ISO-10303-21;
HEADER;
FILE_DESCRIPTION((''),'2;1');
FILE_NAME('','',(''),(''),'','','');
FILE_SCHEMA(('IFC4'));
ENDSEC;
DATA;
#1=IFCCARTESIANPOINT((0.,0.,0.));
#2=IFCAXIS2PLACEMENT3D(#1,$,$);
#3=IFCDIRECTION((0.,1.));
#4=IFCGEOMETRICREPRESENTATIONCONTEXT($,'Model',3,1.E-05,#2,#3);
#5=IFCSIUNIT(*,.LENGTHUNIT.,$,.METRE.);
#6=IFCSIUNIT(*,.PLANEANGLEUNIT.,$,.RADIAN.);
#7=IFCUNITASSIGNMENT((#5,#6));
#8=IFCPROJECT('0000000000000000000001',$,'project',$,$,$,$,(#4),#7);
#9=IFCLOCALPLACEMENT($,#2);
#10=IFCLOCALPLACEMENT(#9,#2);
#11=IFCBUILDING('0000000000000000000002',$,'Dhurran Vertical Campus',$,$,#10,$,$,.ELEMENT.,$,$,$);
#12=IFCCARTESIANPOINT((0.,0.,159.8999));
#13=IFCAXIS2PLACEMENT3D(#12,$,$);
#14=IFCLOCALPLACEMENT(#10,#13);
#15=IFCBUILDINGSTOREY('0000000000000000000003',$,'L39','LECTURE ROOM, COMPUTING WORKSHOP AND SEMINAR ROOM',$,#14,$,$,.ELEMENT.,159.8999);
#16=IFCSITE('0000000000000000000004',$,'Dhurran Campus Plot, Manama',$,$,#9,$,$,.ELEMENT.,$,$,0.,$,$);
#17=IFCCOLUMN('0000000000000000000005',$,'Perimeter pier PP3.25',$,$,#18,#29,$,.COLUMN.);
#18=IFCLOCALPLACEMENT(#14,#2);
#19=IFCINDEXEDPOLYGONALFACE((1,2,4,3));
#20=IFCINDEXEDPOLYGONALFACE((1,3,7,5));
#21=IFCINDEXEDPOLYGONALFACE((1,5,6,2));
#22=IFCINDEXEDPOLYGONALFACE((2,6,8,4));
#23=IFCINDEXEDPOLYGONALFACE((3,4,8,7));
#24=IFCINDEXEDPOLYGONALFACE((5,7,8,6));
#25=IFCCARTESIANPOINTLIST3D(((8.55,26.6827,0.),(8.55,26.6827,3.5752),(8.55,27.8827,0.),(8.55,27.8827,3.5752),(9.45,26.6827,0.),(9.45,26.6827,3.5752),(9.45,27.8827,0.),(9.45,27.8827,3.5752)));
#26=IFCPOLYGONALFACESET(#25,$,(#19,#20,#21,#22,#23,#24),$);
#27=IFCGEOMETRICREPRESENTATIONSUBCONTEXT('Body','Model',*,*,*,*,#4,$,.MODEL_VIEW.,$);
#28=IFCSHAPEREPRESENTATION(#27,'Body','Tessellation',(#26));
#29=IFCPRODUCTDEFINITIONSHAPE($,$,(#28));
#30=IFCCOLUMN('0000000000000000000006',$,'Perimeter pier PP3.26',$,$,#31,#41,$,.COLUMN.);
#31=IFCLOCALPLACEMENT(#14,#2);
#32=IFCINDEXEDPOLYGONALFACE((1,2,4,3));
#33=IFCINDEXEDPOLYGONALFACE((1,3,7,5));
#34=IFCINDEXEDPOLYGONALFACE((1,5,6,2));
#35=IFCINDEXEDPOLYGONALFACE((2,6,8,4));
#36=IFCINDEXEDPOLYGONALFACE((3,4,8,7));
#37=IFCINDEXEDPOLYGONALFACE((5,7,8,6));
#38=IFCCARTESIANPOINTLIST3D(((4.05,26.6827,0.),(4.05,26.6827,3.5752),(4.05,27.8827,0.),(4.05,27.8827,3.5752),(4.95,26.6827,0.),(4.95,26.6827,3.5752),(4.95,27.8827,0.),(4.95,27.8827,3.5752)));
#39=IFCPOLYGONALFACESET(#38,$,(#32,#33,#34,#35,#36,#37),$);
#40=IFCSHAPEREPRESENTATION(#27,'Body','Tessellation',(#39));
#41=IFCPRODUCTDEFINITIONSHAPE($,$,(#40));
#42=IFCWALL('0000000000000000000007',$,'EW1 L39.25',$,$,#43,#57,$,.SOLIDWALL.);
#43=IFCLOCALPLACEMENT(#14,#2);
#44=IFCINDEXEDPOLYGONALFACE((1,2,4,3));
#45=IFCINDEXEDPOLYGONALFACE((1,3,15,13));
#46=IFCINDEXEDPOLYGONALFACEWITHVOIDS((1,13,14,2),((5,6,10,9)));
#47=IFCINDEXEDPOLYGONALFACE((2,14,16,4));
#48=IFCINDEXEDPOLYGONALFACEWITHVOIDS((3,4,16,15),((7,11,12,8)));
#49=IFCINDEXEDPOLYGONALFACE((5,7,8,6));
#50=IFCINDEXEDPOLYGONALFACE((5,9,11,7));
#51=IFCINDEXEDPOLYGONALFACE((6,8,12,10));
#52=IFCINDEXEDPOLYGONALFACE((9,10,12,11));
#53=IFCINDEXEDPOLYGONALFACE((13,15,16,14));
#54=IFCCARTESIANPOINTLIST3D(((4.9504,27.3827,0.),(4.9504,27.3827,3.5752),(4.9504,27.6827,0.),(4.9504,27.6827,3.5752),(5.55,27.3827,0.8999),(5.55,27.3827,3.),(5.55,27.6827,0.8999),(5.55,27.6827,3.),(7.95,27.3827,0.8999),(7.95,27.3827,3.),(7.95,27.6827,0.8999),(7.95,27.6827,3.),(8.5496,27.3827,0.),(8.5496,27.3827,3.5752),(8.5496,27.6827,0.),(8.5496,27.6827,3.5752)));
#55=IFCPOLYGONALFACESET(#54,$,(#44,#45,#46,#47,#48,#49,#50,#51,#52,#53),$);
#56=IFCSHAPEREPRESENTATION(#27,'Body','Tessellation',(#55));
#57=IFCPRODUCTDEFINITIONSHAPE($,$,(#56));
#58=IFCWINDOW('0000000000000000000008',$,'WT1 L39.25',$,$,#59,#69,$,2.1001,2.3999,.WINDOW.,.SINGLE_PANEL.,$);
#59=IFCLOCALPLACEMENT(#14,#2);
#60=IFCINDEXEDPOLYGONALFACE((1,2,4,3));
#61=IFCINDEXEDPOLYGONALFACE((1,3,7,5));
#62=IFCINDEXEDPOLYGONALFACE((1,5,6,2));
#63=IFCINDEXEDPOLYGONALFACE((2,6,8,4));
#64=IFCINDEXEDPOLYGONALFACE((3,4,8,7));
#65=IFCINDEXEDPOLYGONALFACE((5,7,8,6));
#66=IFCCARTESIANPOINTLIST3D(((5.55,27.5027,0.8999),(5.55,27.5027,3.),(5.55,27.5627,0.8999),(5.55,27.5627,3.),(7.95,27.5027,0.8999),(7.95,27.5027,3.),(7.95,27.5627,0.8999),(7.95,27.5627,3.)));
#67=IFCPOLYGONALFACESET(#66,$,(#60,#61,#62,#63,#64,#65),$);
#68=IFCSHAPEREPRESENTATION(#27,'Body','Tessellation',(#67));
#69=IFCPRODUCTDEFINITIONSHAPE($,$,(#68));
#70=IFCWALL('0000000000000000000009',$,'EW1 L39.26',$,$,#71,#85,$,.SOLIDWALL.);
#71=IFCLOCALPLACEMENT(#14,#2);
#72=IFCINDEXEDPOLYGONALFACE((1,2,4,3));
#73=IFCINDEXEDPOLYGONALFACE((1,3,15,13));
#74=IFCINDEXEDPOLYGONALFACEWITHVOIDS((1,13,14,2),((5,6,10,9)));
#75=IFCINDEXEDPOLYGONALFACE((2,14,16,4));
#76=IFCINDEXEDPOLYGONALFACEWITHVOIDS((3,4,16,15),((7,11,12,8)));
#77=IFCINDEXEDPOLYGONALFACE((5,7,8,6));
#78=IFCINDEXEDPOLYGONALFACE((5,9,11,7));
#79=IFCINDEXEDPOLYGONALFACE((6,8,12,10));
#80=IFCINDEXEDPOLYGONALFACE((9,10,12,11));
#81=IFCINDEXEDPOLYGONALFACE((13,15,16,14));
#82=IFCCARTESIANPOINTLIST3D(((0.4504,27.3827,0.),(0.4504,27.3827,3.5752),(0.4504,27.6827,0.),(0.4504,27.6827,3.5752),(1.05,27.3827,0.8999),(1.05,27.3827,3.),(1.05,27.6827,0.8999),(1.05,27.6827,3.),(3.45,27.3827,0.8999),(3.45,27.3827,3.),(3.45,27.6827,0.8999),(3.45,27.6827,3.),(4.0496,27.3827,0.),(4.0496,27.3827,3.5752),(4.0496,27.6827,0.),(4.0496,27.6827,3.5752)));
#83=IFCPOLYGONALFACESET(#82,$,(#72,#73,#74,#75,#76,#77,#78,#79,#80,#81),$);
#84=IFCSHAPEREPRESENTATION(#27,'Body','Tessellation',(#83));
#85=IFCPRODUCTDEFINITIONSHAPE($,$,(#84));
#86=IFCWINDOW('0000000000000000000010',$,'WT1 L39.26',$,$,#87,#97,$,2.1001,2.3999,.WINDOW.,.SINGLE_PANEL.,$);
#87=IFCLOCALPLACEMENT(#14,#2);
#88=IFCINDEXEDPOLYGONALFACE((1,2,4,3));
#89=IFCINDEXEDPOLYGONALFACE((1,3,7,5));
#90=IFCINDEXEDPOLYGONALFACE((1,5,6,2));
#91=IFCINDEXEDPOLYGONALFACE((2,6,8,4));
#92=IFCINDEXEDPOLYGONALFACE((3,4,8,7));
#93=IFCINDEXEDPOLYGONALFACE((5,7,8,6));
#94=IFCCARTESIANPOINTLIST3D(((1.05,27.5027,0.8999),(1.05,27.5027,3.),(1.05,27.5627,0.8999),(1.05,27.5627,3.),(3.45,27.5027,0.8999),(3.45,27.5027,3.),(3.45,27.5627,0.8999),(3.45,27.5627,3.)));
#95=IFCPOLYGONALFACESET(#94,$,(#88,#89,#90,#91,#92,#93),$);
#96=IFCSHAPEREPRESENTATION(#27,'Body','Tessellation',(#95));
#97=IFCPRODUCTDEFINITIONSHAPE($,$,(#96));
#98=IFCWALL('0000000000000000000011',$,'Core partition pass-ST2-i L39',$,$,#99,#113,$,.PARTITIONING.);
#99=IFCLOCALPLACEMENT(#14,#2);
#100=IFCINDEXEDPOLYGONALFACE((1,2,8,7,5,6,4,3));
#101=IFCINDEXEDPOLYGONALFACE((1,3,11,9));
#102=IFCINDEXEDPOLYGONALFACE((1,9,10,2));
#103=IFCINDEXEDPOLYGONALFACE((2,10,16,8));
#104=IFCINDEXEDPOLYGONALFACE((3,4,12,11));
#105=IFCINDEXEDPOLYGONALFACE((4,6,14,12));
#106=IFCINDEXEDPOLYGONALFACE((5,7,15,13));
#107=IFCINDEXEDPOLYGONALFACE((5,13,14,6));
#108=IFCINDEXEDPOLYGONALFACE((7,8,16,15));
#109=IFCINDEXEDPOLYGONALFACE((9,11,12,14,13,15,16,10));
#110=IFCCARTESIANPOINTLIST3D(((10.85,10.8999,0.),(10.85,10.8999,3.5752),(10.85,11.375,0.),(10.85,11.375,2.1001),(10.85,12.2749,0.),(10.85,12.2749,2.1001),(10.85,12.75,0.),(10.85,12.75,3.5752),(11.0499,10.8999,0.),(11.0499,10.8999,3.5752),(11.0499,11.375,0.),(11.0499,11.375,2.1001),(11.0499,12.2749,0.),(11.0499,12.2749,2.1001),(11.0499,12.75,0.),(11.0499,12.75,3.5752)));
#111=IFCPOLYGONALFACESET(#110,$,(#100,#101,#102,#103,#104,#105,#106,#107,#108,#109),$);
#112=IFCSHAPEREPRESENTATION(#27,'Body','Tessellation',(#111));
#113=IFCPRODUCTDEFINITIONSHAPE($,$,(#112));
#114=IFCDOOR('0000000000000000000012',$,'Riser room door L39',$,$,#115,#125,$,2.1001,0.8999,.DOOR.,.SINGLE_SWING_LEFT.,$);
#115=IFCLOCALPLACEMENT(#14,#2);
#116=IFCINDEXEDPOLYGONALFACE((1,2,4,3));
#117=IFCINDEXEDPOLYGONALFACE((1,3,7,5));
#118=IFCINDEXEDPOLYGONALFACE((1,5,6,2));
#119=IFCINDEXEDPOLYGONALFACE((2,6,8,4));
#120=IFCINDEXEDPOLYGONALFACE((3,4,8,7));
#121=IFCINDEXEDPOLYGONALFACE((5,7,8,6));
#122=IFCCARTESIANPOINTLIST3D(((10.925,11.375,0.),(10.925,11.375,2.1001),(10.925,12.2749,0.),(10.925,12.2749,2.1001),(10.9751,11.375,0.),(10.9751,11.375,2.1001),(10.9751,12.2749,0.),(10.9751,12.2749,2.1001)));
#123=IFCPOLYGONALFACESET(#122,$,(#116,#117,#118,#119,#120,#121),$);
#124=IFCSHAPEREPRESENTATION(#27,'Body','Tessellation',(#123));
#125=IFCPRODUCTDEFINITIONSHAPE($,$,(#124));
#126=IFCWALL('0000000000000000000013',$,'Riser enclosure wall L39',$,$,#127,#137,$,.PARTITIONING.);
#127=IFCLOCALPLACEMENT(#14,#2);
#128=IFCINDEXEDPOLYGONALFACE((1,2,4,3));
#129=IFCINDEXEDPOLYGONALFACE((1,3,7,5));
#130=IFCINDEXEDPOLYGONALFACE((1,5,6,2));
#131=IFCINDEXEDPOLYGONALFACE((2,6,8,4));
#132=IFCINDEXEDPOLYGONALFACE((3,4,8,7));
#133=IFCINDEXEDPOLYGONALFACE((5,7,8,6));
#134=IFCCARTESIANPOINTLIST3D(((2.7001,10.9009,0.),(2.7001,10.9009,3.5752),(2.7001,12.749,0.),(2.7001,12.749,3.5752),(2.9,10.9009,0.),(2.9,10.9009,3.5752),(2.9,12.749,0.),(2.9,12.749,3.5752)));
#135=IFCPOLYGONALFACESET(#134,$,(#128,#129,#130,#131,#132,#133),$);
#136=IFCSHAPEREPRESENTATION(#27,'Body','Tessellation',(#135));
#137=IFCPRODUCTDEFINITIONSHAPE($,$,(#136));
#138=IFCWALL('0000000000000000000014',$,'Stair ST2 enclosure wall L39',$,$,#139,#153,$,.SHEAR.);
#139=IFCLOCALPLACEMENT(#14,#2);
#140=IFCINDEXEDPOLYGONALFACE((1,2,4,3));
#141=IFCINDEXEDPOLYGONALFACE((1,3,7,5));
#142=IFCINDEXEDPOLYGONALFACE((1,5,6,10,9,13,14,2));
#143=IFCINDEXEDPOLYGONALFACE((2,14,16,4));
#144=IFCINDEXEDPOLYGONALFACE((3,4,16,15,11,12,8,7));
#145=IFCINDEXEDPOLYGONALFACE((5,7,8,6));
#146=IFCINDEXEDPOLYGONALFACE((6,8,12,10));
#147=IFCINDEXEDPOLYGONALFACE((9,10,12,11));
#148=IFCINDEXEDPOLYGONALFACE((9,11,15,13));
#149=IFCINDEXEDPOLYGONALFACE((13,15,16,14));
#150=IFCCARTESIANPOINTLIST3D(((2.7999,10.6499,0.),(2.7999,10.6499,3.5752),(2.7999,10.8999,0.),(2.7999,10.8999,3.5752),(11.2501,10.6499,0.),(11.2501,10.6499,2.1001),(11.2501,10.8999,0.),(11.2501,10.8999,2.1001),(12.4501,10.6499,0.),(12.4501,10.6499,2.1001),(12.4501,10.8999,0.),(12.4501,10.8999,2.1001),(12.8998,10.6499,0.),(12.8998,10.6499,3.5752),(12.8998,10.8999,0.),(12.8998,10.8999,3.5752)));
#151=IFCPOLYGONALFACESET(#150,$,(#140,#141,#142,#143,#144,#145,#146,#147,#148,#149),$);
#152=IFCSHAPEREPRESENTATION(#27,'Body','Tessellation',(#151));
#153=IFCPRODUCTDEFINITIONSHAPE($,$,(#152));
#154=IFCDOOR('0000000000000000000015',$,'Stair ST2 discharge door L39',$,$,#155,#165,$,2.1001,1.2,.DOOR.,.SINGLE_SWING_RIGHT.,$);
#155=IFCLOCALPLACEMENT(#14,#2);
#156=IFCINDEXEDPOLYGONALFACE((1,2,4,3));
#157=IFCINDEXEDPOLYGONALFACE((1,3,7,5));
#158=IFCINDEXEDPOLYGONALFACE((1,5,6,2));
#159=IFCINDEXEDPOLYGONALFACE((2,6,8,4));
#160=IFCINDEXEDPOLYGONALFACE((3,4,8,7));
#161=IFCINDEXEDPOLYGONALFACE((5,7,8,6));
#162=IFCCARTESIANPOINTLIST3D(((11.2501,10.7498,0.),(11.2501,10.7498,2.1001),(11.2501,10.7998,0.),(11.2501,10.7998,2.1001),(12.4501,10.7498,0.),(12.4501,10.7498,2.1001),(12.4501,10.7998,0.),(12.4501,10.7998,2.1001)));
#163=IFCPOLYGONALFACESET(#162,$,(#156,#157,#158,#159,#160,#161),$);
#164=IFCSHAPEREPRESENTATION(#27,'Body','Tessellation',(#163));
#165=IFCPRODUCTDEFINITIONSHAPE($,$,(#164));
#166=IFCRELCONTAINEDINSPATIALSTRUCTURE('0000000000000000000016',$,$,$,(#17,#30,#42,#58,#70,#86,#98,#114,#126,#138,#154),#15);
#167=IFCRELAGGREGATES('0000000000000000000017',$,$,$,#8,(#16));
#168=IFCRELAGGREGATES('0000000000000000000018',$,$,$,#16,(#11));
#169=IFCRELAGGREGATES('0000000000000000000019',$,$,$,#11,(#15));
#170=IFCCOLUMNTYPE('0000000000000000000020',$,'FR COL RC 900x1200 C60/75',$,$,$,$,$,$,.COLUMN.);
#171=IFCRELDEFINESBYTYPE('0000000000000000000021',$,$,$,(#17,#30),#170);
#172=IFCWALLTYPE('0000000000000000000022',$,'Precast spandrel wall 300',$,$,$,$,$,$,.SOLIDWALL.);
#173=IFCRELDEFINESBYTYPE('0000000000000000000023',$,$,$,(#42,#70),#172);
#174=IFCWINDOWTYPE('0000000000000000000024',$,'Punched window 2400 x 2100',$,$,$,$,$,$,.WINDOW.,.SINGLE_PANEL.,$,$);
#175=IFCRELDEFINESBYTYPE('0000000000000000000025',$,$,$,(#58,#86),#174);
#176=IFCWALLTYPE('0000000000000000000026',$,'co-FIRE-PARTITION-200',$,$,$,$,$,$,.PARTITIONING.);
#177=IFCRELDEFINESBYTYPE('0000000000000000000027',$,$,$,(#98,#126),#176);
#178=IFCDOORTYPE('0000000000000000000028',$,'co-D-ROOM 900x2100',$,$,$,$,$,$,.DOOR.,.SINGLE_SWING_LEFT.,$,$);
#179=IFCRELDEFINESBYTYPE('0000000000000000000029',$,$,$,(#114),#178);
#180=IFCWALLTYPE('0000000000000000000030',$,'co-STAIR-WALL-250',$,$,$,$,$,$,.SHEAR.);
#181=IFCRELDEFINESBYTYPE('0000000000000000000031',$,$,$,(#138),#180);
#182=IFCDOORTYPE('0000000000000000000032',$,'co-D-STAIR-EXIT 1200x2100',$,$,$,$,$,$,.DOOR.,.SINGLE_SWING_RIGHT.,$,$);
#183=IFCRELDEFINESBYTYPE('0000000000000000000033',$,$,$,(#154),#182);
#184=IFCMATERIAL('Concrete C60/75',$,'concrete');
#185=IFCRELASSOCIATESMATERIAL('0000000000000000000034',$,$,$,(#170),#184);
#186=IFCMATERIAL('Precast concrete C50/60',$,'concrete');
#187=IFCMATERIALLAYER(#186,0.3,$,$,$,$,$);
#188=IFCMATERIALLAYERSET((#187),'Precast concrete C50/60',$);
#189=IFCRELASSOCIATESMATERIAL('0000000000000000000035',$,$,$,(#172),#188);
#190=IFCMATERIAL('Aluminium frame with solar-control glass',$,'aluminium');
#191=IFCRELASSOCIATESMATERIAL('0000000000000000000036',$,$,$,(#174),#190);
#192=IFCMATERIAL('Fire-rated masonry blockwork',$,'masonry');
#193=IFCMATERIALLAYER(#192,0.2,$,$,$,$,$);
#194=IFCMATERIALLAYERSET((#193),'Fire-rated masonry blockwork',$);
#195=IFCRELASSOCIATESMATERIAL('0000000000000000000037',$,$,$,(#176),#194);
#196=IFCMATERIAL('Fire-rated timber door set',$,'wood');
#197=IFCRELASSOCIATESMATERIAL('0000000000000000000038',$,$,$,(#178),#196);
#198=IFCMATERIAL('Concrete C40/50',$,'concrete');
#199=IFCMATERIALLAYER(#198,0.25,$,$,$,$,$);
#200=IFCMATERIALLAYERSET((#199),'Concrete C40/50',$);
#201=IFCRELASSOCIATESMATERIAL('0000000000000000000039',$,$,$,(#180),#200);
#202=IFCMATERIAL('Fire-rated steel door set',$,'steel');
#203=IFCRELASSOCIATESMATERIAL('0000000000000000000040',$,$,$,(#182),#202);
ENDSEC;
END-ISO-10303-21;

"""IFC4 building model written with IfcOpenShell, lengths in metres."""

from ifc_helpers import new_model, si_unit, direction, frame, frame_2d, origin, origin_2d, place, context, subcontext, project, spatial, rectangle, extrude, material, layer, layer_set, material_profile, profile_set, type_object, element, fill, save


model = new_model("IFC4")

# Units and contexts
model_context = context("Model", 3, precision=1e-05, world=origin(), true_north=direction((0.0, 1.0)))
body_context = subcontext(model_context, "Body", "Model", "MODEL_VIEW")
ifc_project = project(units=[si_unit("LENGTHUNIT", "METRE"), si_unit("PLANEANGLEUNIT", "RADIAN")], contexts=[model_context])

# Site, building, storey
site_placement = place(None, origin())
site = spatial("IfcSite", under=ifc_project, at=site_placement, Name="Dhurran Campus Plot, Manama", CompositionType="ELEMENT", RefElevation=0.0)
building_placement = place(site_placement, origin())
building = spatial("IfcBuilding", under=site, at=building_placement, Name="Dhurran Vertical Campus", CompositionType="ELEMENT")
storey_placement = place(building_placement, frame((0.0, 0.0, 159.8999)))
storey = spatial("IfcBuildingStorey", under=building, at=storey_placement, Name="L39", Description="LECTURE ROOM, COMPUTING WORKSHOP AND SEMINAR ROOM", CompositionType="ELEMENT", Elevation=159.8999)

# Columns
ifc_material_1 = material(Name="Concrete C60/75", Category="concrete")
ifc_material_profile = material_profile(ifc_material_1, rectangle(XDim=0.8999, YDim=1.2, at=origin_2d()), Name="RC 900x1200")
ifc_profile_set = profile_set([ifc_material_profile], Name="Concrete C60/75")
column_type = type_object("IfcColumnType", Name="FR COL RC 900x1200 C60/75", PredefinedType="COLUMN", material=ifc_profile_set)
for number, where, z_axis, x_axis, name in (
    (1, (9.0, 27.2827, 0.0), (0.0, 0.0, 1.0), (-1.0, 0.0, 0.0), "Perimeter pier PP3.25"),
    (2, (4.5, 27.2827, 0.0), (0.0, 0.0, 1.0), (-1.0, 0.0, 0.0), "Perimeter pier PP3.26"),
):
    element("IfcColumn", number, at=place(storey_placement, frame(where, z_axis=z_axis, x_axis=x_axis)), inside=storey, type_object=column_type, Name=name, PredefinedType="COLUMN", context=body_context, shape_type="SweptSolid", body=[
        extrude(rectangle(XDim=0.8999, YDim=1.2, at=origin_2d()), origin(), (0.0, 0.0, 1.0), 3.5752),
    ])

# Walls, openings, windows
ifc_material_2 = material(Name="Precast concrete C50/60", Category="concrete")
ifc_layer_1 = layer(ifc_material_2, 0.3)
ifc_layer_set_1 = layer_set([ifc_layer_1], Name="Precast concrete C50/60")
wall_type_1 = type_object("IfcWallType", Name="Precast spandrel wall 300", PredefinedType="SOLIDWALL", material=ifc_layer_set_1)
wall_1_placement = place(storey_placement, frame((8.5496, 27.5327, 0.0), z_axis=(0.0, 0.0, 1.0), x_axis=(-1.0, 0.0, 0.0)))
wall_1 = element("IfcWall", 3, at=wall_1_placement, inside=storey, type_object=wall_type_1, Name="EW1 L39.25", PredefinedType="SOLIDWALL", context=body_context, shape_type="SweptSolid", body=[
    extrude(rectangle(XDim=3.5991, YDim=0.3, at=frame_2d((1.7996, 0.0))), origin(), (0.0, 0.0, 1.0), 3.5752),
])
opening_1_placement = place(wall_1_placement, frame((0.5996, 0.0, 0.8999)))
opening_1 = element("IfcOpeningElement", 4, at=opening_1_placement, cuts=wall_1, PredefinedType="OPENING", context=body_context, shape_type="SweptSolid", body=[
    extrude(rectangle(XDim=2.3999, YDim=2.1001, at=frame_2d((1.2, 1.05))), frame((0.0, 0.1599, 0.0), z_axis=(0.0, -1.0, 0.0), x_axis=(1.0, 0.0, 0.0)), (0.0, 0.0, 1.0), 0.3201),
])
ifc_material_3 = material(Name="Aluminium frame with solar-control glass", Category="aluminium")
window_type = type_object("IfcWindowType", Name="Punched window 2400 x 2100", PartitioningType="SINGLE_PANEL", PredefinedType="WINDOW", material=ifc_material_3)
window_1_placement = place(opening_1_placement, origin())
window_1 = element("IfcWindow", 5, at=window_1_placement, inside=storey, type_object=window_type, Name="WT1 L39.25", OverallHeight=2.1001, OverallWidth=2.3999, PartitioningType="SINGLE_PANEL", PredefinedType="WINDOW", context=body_context, shape_type="SweptSolid", body=[
    extrude(rectangle(XDim=2.3999, YDim=2.1001, at=frame_2d((1.2, 1.05))), frame((0.0, 0.03, 0.0), z_axis=(0.0, -1.0, 0.0), x_axis=(1.0, 0.0, 0.0)), (0.0, 0.0, 1.0), 0.0601),
])
fill(opening_1, window_1)
wall_2_placement = place(storey_placement, frame((4.0496, 27.5327, 0.0), z_axis=(0.0, 0.0, 1.0), x_axis=(-1.0, 0.0, 0.0)))
wall_2 = element("IfcWall", 6, at=wall_2_placement, inside=storey, type_object=wall_type_1, Name="EW1 L39.26", PredefinedType="SOLIDWALL", context=body_context, shape_type="SweptSolid", body=[
    extrude(rectangle(XDim=3.5991, YDim=0.3, at=frame_2d((1.7996, 0.0))), origin(), (0.0, 0.0, 1.0), 3.5752),
])
opening_2_placement = place(wall_2_placement, frame((0.5996, 0.0, 0.8999)))
opening_2 = element("IfcOpeningElement", 7, at=opening_2_placement, cuts=wall_2, PredefinedType="OPENING", context=body_context, shape_type="SweptSolid", body=[
    extrude(rectangle(XDim=2.3999, YDim=2.1001, at=frame_2d((1.2, 1.05))), frame((0.0, 0.1599, 0.0), z_axis=(0.0, -1.0, 0.0), x_axis=(1.0, 0.0, 0.0)), (0.0, 0.0, 1.0), 0.3201),
])
window_2_placement = place(opening_2_placement, origin())
window_2 = element("IfcWindow", 8, at=window_2_placement, inside=storey, type_object=window_type, Name="WT1 L39.26", OverallHeight=2.1001, OverallWidth=2.3999, PartitioningType="SINGLE_PANEL", PredefinedType="WINDOW", context=body_context, shape_type="SweptSolid", body=[
    extrude(rectangle(XDim=2.3999, YDim=2.1001, at=frame_2d((1.2, 1.05))), frame((0.0, 0.03, 0.0), z_axis=(0.0, -1.0, 0.0), x_axis=(1.0, 0.0, 0.0)), (0.0, 0.0, 1.0), 0.0601),
])
fill(opening_2, window_2)

# Wall, opening, door
ifc_material_4 = material(Name="Fire-rated masonry blockwork", Category="masonry")
ifc_layer_2 = layer(ifc_material_4, 0.2)
ifc_layer_set_2 = layer_set([ifc_layer_2], Name="Fire-rated masonry blockwork")
wall_type_2 = type_object("IfcWallType", Name="co-FIRE-PARTITION-200", PredefinedType="PARTITIONING", material=ifc_layer_set_2)
wall_3_placement = place(storey_placement, frame((10.95, 10.8999, 0.0), z_axis=(0.0, 0.0, 1.0), x_axis=(0.0, 1.0, 0.0)))
wall_3 = element("IfcWall", 9, at=wall_3_placement, inside=storey, type_object=wall_type_2, Name="Core partition pass-ST2-i L39", PredefinedType="PARTITIONING", context=body_context, shape_type="SweptSolid", body=[
    extrude(rectangle(XDim=1.8501, YDim=0.2, at=frame_2d((0.925, 0.0))), origin(), (0.0, 0.0, 1.0), 3.5752),
])
opening_3_placement = place(wall_3_placement, frame((0.4751, 0.0, 0.0)))
opening_3 = element("IfcOpeningElement", 10, at=opening_3_placement, cuts=wall_3, PredefinedType="OPENING", context=body_context, shape_type="SweptSolid", body=[
    extrude(rectangle(XDim=0.8999, YDim=2.1001, at=frame_2d((0.45, 1.05))), frame((0.0, 0.1099, 0.0), z_axis=(0.0, -1.0, 0.0), x_axis=(1.0, 0.0, 0.0)), (0.0, 0.0, 1.0), 0.22),
])
ifc_material_5 = material(Name="Fire-rated timber door set", Category="wood")
door_type_1 = type_object("IfcDoorType", Name="co-D-ROOM 900x2100", OperationType="SINGLE_SWING_LEFT", PredefinedType="DOOR", material=ifc_material_5)
door_1_placement = place(opening_3_placement, origin())
door_1 = element("IfcDoor", 11, at=door_1_placement, inside=storey, type_object=door_type_1, Name="Riser room door L39", OperationType="SINGLE_SWING_LEFT", OverallHeight=2.1001, OverallWidth=0.8999, PredefinedType="DOOR", context=body_context, shape_type="SweptSolid", body=[
    extrude(rectangle(XDim=0.8999, YDim=2.1001, at=frame_2d((0.45, 1.05))), frame((0.0, 0.0249, 0.0), z_axis=(0.0, -1.0, 0.0), x_axis=(1.0, 0.0, 0.0)), (0.0, 0.0, 1.0), 0.05),
])
fill(opening_3, door_1)

# Wall
wall_4_placement = place(storey_placement, frame((2.8, 10.9009, 0.0), z_axis=(0.0, 0.0, 1.0), x_axis=(0.0, 1.0, 0.0)))
element("IfcWall", 12, at=wall_4_placement, inside=storey, type_object=wall_type_2, Name="Riser enclosure wall L39", PredefinedType="PARTITIONING", context=body_context, shape_type="SweptSolid", body=[
    extrude(rectangle(XDim=1.8481, YDim=0.2, at=frame_2d((0.9241, 0.0))), origin(), (0.0, 0.0, 1.0), 3.5752),
])

# Wall, opening, door
ifc_material_6 = material(Name="Concrete C40/50", Category="concrete")
ifc_layer_3 = layer(ifc_material_6, 0.25)
ifc_layer_set_3 = layer_set([ifc_layer_3], Name="Concrete C40/50")
wall_type_3 = type_object("IfcWallType", Name="co-STAIR-WALL-250", PredefinedType="SHEAR", material=ifc_layer_set_3)
wall_5_placement = place(storey_placement, frame((2.8, 10.7749, 0.0), z_axis=(0.0, 0.0, 1.0), x_axis=(1.0, 0.0, 0.0)))
wall_5 = element("IfcWall", 13, at=wall_5_placement, inside=storey, type_object=wall_type_3, Name="Stair ST2 enclosure wall L39", PredefinedType="SHEAR", context=body_context, shape_type="SweptSolid", body=[
    extrude(rectangle(XDim=10.0999, YDim=0.25, at=frame_2d((5.0498, 0.0))), origin(), (0.0, 0.0, 1.0), 3.5752),
])
opening_4_placement = place(wall_5_placement, frame((8.45, 0.0, 0.0)))
opening_4 = element("IfcOpeningElement", 14, at=opening_4_placement, cuts=wall_5, PredefinedType="OPENING", context=body_context, shape_type="SweptSolid", body=[
    extrude(rectangle(XDim=1.2, YDim=2.1001, at=frame_2d((0.6001, 1.05))), frame((0.0, 0.135, 0.0), z_axis=(0.0, -1.0, 0.0), x_axis=(1.0, 0.0, 0.0)), (0.0, 0.0, 1.0), 0.27),
])
ifc_material_7 = material(Name="Fire-rated steel door set", Category="steel")
door_type_2 = type_object("IfcDoorType", Name="co-D-STAIR-EXIT 1200x2100", OperationType="SINGLE_SWING_RIGHT", PredefinedType="DOOR", material=ifc_material_7)
door_2_placement = place(opening_4_placement, origin())
door_2 = element("IfcDoor", 15, at=door_2_placement, inside=storey, type_object=door_type_2, Name="Stair ST2 discharge door L39", OperationType="SINGLE_SWING_RIGHT", OverallHeight=2.1001, OverallWidth=1.2, PredefinedType="DOOR", context=body_context, shape_type="SweptSolid", body=[
    extrude(rectangle(XDim=1.2, YDim=2.1001, at=frame_2d((0.6001, 1.05))), frame((0.0, 0.0249, 0.0), z_axis=(0.0, -1.0, 0.0), x_axis=(1.0, 0.0, 0.0)), (0.0, 0.0, 1.0), 0.05),
])
fill(opening_4, door_2)

save(model, "model.ifc")
